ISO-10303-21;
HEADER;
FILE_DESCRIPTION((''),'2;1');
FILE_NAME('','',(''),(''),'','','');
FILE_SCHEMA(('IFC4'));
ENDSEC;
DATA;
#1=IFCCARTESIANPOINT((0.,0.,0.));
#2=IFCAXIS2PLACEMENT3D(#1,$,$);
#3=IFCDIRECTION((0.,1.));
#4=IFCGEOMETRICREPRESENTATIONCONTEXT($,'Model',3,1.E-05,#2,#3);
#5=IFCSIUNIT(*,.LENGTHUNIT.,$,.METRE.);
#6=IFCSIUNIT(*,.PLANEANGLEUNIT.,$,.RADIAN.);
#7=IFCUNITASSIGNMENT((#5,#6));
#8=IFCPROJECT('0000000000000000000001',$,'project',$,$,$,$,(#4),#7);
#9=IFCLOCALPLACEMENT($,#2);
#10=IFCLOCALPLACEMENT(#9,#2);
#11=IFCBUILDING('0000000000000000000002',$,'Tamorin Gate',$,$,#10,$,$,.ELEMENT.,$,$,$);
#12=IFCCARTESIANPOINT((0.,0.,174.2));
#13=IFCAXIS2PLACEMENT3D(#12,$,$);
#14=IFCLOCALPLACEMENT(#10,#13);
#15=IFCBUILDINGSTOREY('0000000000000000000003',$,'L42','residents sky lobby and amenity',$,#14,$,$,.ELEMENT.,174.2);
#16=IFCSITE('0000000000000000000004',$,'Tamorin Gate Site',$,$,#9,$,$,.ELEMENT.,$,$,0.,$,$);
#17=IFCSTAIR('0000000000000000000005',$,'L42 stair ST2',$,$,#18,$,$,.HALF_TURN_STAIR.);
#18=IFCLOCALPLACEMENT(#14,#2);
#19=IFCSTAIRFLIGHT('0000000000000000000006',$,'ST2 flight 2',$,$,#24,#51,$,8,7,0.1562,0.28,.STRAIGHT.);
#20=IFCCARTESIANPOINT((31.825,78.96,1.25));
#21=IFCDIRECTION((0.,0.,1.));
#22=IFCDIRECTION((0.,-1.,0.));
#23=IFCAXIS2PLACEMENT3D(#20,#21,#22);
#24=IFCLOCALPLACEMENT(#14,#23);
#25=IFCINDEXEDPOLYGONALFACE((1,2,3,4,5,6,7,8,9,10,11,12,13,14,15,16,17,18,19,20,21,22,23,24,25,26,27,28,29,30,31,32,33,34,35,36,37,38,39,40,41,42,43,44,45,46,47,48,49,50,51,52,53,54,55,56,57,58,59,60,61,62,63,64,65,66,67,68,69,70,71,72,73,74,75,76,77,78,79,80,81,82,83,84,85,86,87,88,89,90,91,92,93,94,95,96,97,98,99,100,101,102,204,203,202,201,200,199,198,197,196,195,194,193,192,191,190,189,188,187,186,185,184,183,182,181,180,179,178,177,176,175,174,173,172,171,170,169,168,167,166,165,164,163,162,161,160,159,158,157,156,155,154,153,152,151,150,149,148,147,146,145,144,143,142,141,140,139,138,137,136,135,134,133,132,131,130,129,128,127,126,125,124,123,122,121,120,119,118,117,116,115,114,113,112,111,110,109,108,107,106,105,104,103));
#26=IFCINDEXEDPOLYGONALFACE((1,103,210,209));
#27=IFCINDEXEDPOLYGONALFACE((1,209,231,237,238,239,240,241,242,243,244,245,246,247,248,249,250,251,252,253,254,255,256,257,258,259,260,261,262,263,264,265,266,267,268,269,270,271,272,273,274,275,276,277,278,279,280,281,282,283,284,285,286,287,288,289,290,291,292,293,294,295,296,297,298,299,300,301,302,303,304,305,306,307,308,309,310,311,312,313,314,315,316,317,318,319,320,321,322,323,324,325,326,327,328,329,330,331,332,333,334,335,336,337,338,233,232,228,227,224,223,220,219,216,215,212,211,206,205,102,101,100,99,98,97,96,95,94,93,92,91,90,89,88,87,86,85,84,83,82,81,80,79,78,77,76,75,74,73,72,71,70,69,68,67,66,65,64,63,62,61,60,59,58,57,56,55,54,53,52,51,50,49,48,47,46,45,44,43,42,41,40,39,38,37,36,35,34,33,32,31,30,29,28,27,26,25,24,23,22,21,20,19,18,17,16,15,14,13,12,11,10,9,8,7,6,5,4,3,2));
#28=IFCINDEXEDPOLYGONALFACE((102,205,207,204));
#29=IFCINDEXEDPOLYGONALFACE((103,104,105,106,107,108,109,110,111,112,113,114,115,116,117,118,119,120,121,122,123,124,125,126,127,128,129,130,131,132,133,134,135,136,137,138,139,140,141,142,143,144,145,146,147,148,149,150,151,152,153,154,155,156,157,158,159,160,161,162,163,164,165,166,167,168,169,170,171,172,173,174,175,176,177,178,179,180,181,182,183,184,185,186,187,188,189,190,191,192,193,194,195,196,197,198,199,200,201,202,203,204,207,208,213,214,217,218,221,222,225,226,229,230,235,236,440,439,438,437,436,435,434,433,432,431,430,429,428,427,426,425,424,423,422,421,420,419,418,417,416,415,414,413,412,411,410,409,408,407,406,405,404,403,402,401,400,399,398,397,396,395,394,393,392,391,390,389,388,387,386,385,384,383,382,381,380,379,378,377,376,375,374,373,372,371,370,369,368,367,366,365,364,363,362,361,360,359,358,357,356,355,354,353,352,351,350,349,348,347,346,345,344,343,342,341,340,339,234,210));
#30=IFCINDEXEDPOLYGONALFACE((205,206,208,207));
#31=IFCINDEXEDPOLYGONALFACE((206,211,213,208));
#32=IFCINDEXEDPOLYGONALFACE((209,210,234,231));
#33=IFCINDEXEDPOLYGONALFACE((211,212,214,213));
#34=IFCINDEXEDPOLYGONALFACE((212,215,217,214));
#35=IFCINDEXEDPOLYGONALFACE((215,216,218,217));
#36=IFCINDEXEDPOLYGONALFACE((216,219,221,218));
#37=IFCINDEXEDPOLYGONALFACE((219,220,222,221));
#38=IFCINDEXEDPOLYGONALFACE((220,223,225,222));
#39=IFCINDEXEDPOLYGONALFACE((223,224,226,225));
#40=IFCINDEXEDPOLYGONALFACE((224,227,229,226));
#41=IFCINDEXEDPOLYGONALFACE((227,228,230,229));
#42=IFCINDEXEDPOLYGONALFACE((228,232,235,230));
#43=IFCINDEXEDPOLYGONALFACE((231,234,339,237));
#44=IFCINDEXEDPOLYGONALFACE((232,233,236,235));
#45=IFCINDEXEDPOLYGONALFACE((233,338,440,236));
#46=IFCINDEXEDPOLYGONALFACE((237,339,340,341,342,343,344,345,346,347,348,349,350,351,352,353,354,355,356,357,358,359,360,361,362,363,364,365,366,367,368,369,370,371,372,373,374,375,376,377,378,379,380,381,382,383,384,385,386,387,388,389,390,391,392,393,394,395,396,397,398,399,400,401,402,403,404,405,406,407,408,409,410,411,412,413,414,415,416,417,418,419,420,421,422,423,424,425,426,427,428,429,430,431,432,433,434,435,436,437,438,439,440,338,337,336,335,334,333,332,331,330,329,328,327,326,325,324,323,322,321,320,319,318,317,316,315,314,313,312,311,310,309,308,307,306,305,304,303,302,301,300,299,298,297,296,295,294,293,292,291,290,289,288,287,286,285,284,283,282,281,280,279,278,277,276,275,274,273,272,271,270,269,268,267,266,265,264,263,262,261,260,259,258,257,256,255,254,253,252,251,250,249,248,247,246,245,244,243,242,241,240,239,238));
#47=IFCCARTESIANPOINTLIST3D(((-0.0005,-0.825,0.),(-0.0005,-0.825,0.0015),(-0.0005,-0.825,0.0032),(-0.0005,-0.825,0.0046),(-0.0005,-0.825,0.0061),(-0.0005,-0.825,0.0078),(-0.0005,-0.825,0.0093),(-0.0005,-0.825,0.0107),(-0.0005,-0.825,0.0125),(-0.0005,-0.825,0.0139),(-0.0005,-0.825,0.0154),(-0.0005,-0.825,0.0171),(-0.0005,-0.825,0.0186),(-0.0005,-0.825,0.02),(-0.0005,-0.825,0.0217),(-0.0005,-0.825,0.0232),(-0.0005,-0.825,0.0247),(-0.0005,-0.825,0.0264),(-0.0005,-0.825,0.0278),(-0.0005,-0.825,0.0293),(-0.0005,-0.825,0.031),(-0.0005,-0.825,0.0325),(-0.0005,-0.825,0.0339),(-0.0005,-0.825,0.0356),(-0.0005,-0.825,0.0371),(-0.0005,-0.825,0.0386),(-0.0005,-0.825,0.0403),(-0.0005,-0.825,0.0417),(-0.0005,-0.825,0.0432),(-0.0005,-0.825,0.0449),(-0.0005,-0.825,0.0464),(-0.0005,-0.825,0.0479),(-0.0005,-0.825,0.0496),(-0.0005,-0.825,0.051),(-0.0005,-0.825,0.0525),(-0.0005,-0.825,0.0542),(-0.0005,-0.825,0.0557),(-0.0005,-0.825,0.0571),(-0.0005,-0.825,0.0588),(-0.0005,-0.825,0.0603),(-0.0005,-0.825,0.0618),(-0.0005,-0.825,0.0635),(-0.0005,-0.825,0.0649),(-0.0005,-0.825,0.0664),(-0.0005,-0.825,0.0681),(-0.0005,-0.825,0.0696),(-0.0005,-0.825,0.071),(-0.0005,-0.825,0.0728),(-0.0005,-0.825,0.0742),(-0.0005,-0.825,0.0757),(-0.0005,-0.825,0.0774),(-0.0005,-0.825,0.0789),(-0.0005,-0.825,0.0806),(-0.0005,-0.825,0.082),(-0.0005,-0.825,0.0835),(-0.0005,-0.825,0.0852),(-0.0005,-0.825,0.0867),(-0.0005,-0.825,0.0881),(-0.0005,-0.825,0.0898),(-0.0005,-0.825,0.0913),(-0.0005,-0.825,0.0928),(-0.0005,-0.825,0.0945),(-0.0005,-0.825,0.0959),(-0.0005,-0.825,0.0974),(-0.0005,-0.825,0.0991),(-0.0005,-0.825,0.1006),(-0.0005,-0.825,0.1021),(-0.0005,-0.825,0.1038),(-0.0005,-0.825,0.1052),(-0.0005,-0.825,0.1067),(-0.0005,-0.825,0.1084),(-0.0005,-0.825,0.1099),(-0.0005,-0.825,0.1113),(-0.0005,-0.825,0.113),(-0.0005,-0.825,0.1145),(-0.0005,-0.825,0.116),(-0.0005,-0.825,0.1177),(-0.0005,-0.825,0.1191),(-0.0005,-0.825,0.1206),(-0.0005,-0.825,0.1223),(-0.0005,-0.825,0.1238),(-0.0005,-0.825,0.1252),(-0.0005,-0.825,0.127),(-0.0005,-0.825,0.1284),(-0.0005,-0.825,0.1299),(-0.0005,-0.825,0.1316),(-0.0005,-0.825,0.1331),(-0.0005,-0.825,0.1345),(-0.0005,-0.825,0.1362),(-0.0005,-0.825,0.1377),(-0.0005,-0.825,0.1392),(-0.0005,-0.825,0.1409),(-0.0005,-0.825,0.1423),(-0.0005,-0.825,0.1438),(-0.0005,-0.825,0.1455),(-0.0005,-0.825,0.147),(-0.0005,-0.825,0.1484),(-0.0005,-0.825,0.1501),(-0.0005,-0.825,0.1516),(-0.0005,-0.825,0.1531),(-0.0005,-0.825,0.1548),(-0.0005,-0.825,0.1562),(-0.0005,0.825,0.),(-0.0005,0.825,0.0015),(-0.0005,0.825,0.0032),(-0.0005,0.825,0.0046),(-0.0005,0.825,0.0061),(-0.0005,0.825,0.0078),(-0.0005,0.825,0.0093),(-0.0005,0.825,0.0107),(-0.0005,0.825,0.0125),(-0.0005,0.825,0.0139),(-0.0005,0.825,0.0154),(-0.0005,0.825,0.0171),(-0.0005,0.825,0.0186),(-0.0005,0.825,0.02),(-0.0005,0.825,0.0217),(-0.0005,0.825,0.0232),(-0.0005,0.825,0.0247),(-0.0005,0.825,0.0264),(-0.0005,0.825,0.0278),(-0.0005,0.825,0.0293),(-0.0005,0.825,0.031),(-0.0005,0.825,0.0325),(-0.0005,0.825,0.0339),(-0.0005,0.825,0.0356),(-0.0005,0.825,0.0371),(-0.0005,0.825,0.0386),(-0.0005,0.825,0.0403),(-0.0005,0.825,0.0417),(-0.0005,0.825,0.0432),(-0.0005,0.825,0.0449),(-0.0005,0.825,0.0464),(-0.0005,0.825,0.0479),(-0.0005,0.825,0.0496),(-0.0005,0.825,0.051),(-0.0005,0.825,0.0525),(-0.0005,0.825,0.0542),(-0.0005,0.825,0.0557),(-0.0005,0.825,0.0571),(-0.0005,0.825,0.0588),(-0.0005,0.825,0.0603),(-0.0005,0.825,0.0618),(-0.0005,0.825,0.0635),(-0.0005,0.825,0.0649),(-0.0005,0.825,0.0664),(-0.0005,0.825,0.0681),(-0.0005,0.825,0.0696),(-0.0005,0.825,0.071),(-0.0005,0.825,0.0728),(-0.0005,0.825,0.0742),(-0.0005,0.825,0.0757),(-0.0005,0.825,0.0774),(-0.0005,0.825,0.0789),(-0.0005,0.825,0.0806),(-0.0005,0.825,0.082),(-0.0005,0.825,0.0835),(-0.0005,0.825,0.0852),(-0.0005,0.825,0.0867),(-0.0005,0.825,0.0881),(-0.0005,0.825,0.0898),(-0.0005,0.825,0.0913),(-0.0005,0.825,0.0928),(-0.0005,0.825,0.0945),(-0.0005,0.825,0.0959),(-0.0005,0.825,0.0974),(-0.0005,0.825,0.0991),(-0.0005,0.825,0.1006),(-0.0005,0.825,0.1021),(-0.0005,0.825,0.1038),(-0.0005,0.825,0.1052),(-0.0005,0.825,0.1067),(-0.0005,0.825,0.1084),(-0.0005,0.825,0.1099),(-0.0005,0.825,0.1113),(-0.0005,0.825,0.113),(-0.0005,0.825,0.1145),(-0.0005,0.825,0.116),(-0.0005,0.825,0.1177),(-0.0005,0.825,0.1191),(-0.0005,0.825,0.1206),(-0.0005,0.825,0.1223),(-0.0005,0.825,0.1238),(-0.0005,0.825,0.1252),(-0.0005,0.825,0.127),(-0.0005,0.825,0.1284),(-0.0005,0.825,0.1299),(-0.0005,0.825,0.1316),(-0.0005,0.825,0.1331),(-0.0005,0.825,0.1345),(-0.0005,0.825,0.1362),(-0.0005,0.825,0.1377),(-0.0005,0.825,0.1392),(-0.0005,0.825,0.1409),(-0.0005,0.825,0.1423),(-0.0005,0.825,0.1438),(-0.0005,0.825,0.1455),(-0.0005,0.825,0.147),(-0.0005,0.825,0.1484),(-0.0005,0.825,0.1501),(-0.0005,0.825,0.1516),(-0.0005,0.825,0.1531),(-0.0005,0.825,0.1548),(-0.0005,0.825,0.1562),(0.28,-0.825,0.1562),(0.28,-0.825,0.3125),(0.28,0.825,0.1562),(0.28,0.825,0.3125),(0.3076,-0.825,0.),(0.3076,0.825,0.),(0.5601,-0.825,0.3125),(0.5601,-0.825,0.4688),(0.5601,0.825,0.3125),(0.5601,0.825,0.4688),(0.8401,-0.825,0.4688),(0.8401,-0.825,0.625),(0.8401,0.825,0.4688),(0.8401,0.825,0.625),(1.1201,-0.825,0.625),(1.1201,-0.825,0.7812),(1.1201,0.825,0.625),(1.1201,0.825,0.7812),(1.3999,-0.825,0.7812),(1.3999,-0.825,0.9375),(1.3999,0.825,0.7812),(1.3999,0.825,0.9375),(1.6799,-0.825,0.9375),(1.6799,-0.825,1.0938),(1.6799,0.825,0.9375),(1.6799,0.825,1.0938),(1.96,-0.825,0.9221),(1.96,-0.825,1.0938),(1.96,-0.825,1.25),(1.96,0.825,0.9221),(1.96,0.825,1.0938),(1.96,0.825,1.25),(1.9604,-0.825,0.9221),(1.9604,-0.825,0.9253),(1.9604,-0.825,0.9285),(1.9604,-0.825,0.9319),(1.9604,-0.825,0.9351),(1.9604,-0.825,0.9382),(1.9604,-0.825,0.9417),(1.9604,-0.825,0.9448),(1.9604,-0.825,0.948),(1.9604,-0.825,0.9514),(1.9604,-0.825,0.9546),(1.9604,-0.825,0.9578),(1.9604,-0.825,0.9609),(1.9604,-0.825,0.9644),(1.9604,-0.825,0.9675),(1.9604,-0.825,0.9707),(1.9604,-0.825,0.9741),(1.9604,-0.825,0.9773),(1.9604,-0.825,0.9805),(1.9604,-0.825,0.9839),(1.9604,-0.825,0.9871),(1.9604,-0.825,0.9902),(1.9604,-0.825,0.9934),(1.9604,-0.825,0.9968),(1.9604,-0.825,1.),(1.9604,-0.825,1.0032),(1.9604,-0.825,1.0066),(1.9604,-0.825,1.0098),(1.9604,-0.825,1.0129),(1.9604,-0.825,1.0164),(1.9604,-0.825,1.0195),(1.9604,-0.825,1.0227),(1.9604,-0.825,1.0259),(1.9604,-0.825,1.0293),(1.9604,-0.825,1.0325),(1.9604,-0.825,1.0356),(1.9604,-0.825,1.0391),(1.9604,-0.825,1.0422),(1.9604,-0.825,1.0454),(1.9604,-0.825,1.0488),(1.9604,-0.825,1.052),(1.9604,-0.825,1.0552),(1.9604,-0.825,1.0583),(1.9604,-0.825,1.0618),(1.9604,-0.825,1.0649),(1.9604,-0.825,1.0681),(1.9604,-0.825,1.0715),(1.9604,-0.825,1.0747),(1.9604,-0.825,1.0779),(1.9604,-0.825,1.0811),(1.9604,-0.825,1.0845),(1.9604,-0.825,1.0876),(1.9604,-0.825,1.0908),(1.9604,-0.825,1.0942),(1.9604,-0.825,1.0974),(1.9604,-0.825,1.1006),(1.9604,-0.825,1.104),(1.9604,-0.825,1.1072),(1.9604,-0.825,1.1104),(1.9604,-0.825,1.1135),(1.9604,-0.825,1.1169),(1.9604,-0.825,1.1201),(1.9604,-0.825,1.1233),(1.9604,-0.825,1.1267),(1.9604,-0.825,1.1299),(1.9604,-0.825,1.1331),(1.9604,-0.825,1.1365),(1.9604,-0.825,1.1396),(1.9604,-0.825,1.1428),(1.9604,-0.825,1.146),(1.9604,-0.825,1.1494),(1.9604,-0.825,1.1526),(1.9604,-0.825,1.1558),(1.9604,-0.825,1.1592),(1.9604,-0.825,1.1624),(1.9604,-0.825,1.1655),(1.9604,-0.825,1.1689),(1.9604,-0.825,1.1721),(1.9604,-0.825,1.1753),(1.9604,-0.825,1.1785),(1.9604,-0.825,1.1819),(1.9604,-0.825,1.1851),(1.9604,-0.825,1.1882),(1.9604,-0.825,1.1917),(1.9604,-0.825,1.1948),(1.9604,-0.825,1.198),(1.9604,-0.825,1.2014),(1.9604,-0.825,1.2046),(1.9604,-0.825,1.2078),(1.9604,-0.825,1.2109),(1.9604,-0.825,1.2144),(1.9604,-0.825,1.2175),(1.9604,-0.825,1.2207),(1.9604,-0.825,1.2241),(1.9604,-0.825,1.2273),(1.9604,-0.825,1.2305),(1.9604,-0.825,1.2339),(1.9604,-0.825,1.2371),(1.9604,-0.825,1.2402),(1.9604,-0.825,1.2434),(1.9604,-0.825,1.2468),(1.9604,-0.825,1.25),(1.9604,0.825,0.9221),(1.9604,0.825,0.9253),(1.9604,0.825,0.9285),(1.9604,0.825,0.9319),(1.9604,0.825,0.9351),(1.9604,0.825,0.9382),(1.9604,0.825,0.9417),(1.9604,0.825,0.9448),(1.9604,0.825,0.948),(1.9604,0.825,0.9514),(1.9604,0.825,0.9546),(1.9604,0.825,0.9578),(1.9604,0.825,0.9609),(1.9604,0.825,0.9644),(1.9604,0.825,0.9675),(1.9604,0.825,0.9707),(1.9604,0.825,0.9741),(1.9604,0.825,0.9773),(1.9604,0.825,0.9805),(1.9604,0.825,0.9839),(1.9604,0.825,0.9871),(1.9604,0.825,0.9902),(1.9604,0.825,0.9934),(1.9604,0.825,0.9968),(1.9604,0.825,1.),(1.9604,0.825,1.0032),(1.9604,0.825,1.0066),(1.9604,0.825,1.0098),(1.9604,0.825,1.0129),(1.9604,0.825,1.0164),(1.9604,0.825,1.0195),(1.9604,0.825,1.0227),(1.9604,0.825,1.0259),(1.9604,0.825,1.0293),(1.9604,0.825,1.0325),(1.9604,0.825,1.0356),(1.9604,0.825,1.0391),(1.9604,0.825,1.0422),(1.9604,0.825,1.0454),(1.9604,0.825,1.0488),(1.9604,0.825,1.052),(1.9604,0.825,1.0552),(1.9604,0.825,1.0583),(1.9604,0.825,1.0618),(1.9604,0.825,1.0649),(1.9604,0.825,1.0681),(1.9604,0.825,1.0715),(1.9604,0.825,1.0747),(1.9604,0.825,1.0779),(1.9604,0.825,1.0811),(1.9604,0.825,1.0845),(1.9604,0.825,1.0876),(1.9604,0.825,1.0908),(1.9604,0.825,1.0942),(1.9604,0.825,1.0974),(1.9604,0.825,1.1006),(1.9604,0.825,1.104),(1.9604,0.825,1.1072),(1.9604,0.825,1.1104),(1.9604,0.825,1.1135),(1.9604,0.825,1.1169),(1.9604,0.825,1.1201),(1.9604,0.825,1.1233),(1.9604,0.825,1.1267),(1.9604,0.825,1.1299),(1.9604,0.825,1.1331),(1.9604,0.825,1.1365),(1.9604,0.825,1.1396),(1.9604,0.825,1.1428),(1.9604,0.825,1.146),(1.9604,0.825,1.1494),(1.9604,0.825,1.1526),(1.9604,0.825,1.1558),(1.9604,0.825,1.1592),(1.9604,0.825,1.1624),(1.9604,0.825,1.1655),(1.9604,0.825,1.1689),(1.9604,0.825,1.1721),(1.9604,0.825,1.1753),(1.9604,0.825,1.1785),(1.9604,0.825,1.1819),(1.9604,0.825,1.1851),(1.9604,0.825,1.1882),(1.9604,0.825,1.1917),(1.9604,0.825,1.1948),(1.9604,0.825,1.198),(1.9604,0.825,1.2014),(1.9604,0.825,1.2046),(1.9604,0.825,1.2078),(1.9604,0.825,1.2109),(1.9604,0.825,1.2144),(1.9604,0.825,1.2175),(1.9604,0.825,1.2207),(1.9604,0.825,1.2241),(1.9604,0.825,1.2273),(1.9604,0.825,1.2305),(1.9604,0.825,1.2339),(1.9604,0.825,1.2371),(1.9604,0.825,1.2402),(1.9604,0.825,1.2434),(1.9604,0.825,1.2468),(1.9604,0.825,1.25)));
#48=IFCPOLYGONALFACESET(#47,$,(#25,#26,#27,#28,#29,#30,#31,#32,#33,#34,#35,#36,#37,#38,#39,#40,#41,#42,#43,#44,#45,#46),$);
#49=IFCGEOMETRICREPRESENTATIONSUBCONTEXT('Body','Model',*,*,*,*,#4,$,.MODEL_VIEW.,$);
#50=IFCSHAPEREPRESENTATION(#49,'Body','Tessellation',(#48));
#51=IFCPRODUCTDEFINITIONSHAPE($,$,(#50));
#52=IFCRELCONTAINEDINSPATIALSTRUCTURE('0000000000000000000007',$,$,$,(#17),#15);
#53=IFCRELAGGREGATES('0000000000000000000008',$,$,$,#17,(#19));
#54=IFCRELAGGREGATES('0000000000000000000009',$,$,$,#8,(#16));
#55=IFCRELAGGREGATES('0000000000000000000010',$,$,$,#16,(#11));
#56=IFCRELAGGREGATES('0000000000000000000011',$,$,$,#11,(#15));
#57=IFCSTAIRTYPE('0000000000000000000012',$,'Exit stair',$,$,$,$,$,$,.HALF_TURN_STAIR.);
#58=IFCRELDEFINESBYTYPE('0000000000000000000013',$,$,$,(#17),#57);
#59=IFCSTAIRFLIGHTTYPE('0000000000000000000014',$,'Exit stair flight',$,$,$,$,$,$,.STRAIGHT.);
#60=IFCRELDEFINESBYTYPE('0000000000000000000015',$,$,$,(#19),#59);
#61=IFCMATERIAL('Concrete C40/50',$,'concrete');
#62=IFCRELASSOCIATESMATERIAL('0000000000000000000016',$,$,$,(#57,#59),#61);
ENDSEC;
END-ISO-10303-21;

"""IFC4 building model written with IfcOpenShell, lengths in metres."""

from ifc_helpers import new_model, si_unit, direction, frame, origin, place, context, subcontext, project, spatial, polyline, outline, extrude, material, type_object, element, aggregate, save


model = new_model("IFC4")

# Units and contexts
model_context = context("Model", 3, precision=1e-05, world=origin(), true_north=direction((0.0, 1.0)))
body_context = subcontext(model_context, "Body", "Model", "MODEL_VIEW")
ifc_project = project(units=[si_unit("LENGTHUNIT", "METRE"), si_unit("PLANEANGLEUNIT", "RADIAN")], contexts=[model_context])

# Site, building, storey
site_placement = place(None, origin())
site = spatial("IfcSite", under=ifc_project, at=site_placement, Name="Tamorin Gate Site", CompositionType="ELEMENT", RefElevation=0.0)
building_placement = place(site_placement, origin())
building = spatial("IfcBuilding", under=site, at=building_placement, Name="Tamorin Gate", CompositionType="ELEMENT")
storey_placement = place(building_placement, frame((0.0, 0.0, 174.2)))
storey = spatial("IfcBuildingStorey", under=building, at=storey_placement, Name="L42", Description="residents sky lobby and amenity", CompositionType="ELEMENT", Elevation=174.2)

# Stair, stair flight
ifc_material_1 = material(Name="Concrete C40/50", Category="concrete")
stair_type = type_object("IfcStairType", Name="Exit stair", PredefinedType="HALF_TURN_STAIR", material=ifc_material_1)
stair_placement = place(storey_placement, origin())
stair = element("IfcStair", 1, at=stair_placement, inside=storey, type_object=stair_type, Name="L42 stair ST2", PredefinedType="HALF_TURN_STAIR")
stair_flight_type = type_object("IfcStairFlightType", Name="Exit stair flight", PredefinedType="STRAIGHT", material=ifc_material_1)
stair_flight_1_placement = place(storey_placement, frame((31.825, 78.96, 1.25), z_axis=(0.0, 0.0, 1.0), x_axis=(0.0, -1.0, 0.0)))
stair_flight_1 = element("IfcStairFlight", 2, at=stair_flight_1_placement, type_object=stair_flight_type, Name="ST2 flight 2", NumberOfRisers=8, NumberOfTreads=7, PredefinedType="STRAIGHT", RiserHeight=0.1562, TreadLength=0.28, context=body_context, shape_type="SweptSolid", body=[
    extrude(outline(polyline([(-0.0005, 0.0), (-0.0005, 0.0015), (-0.0005, 0.0032), (-0.0005, 0.0046), (-0.0005, 0.0061), (-0.0005, 0.0078), (-0.0005, 0.0093), (-0.0005, 0.0107), (-0.0005, 0.0125), (-0.0005, 0.0139), (-0.0005, 0.0154), (-0.0005, 0.0171), (-0.0005, 0.0186), (-0.0005, 0.02), (-0.0005, 0.0217), (-0.0005, 0.0232), (-0.0005, 0.0247), (-0.0005, 0.0264), (-0.0005, 0.0278), (-0.0005, 0.0293), (-0.0005, 0.031), (-0.0005, 0.0325), (-0.0005, 0.0339), (-0.0005, 0.0356), (-0.0005, 0.0371), (-0.0005, 0.0386), (-0.0005, 0.0403), (-0.0005, 0.0417), (-0.0005, 0.0432), (-0.0005, 0.0449), (-0.0005, 0.0464), (-0.0005, 0.0479), (-0.0005, 0.0496), (-0.0005, 0.051), (-0.0005, 0.0525), (-0.0005, 0.0542), (-0.0005, 0.0557), (-0.0005, 0.0571), (-0.0005, 0.0588), (-0.0005, 0.0603), (-0.0005, 0.0618), (-0.0005, 0.0635), (-0.0005, 0.0649), (-0.0005, 0.0664), (-0.0005, 0.0681), (-0.0005, 0.0696), (-0.0005, 0.071), (-0.0005, 0.0728), (-0.0005, 0.0742), (-0.0005, 0.0757), (-0.0005, 0.0774), (-0.0005, 0.0789), (-0.0005, 0.0806), (-0.0005, 0.082), (-0.0005, 0.0835), (-0.0005, 0.0852), (-0.0005, 0.0867), (-0.0005, 0.0881), (-0.0005, 0.0898), (-0.0005, 0.0913), (-0.0005, 0.0928), (-0.0005, 0.0945), (-0.0005, 0.0959), (-0.0005, 0.0974), (-0.0005, 0.0991), (-0.0005, 0.1006), (-0.0005, 0.1021), (-0.0005, 0.1038), (-0.0005, 0.1052), (-0.0005, 0.1067), (-0.0005, 0.1084), (-0.0005, 0.1099), (-0.0005, 0.1113), (-0.0005, 0.113), (-0.0005, 0.1145), (-0.0005, 0.116), (-0.0005, 0.1177), (-0.0005, 0.1191), (-0.0005, 0.1206), (-0.0005, 0.1223), (-0.0005, 0.1238), (-0.0005, 0.1252), (-0.0005, 0.127), (-0.0005, 0.1284), (-0.0005, 0.1299), (-0.0005, 0.1316), (-0.0005, 0.1331), (-0.0005, 0.1345), (-0.0005, 0.1362), (-0.0005, 0.1377), (-0.0005, 0.1392), (-0.0005, 0.1409), (-0.0005, 0.1423), (-0.0005, 0.1438), (-0.0005, 0.1455), (-0.0005, 0.147), (-0.0005, 0.1484), (-0.0005, 0.1501), (-0.0005, 0.1516), (-0.0005, 0.1531), (-0.0005, 0.1548), (-0.0005, 0.1562), (0.28, 0.1562), (0.28, 0.3125), (0.5601, 0.3125), (0.5601, 0.4688), (0.8401, 0.4688), (0.8401, 0.625), (1.1201, 0.625), (1.1201, 0.7812), (1.3999, 0.7812), (1.3999, 0.9375), (1.6799, 0.9375), (1.6799, 1.0938), (1.96, 1.0938), (1.96, 1.25), (1.9604, 1.25), (1.9604, 1.2468), (1.9604, 1.2434), (1.9604, 1.2402), (1.9604, 1.2371), (1.9604, 1.2339), (1.9604, 1.2305), (1.9604, 1.2273), (1.9604, 1.2241), (1.9604, 1.2207), (1.9604, 1.2175), (1.9604, 1.2144), (1.9604, 1.2109), (1.9604, 1.2078), (1.9604, 1.2046), (1.9604, 1.2014), (1.9604, 1.198), (1.9604, 1.1948), (1.9604, 1.1917), (1.9604, 1.1882), (1.9604, 1.1851), (1.9604, 1.1819), (1.9604, 1.1785), (1.9604, 1.1753), (1.9604, 1.1721), (1.9604, 1.1689), (1.9604, 1.1655), (1.9604, 1.1624), (1.9604, 1.1592), (1.9604, 1.1558), (1.9604, 1.1526), (1.9604, 1.1494), (1.9604, 1.146), (1.9604, 1.1428), (1.9604, 1.1396), (1.9604, 1.1365), (1.9604, 1.1331), (1.9604, 1.1299), (1.9604, 1.1267), (1.9604, 1.1233), (1.9604, 1.1201), (1.9604, 1.1169), (1.9604, 1.1135), (1.9604, 1.1104), (1.9604, 1.1072), (1.9604, 1.104), (1.9604, 1.1006), (1.9604, 1.0974), (1.9604, 1.0942), (1.9604, 1.0908), (1.9604, 1.0876), (1.9604, 1.0845), (1.9604, 1.0811), (1.9604, 1.0779), (1.9604, 1.0747), (1.9604, 1.0715), (1.9604, 1.0681), (1.9604, 1.0649), (1.9604, 1.0618), (1.9604, 1.0583), (1.9604, 1.0552), (1.9604, 1.052), (1.9604, 1.0488), (1.9604, 1.0454), (1.9604, 1.0422), (1.9604, 1.0391), (1.9604, 1.0356), (1.9604, 1.0325), (1.9604, 1.0293), (1.9604, 1.0259), (1.9604, 1.0227), (1.9604, 1.0195), (1.9604, 1.0164), (1.9604, 1.0129), (1.9604, 1.0098), (1.9604, 1.0066), (1.9604, 1.0032), (1.9604, 1.0), (1.9604, 0.9968), (1.9604, 0.9934), (1.9604, 0.9902), (1.9604, 0.9871), (1.9604, 0.9839), (1.9604, 0.9805), (1.9604, 0.9773), (1.9604, 0.9741), (1.9604, 0.9707), (1.9604, 0.9675), (1.9604, 0.9644), (1.9604, 0.9609), (1.9604, 0.9578), (1.9604, 0.9546), (1.9604, 0.9514), (1.9604, 0.948), (1.9604, 0.9448), (1.9604, 0.9417), (1.9604, 0.9382), (1.9604, 0.9351), (1.9604, 0.9319), (1.9604, 0.9285), (1.9604, 0.9253), (1.9604, 0.9221), (1.96, 0.9221), (0.3076, 0.0), (-0.0005, 0.0)])), frame((0.0, 0.825, 0.0), z_axis=(0.0, -1.0, 0.0), x_axis=(1.0, 0.0, 0.0)), (0.0, 0.0, 1.0), 1.6499),
])
aggregate(stair, [stair_flight_1])

save(model, "model.ifc")
